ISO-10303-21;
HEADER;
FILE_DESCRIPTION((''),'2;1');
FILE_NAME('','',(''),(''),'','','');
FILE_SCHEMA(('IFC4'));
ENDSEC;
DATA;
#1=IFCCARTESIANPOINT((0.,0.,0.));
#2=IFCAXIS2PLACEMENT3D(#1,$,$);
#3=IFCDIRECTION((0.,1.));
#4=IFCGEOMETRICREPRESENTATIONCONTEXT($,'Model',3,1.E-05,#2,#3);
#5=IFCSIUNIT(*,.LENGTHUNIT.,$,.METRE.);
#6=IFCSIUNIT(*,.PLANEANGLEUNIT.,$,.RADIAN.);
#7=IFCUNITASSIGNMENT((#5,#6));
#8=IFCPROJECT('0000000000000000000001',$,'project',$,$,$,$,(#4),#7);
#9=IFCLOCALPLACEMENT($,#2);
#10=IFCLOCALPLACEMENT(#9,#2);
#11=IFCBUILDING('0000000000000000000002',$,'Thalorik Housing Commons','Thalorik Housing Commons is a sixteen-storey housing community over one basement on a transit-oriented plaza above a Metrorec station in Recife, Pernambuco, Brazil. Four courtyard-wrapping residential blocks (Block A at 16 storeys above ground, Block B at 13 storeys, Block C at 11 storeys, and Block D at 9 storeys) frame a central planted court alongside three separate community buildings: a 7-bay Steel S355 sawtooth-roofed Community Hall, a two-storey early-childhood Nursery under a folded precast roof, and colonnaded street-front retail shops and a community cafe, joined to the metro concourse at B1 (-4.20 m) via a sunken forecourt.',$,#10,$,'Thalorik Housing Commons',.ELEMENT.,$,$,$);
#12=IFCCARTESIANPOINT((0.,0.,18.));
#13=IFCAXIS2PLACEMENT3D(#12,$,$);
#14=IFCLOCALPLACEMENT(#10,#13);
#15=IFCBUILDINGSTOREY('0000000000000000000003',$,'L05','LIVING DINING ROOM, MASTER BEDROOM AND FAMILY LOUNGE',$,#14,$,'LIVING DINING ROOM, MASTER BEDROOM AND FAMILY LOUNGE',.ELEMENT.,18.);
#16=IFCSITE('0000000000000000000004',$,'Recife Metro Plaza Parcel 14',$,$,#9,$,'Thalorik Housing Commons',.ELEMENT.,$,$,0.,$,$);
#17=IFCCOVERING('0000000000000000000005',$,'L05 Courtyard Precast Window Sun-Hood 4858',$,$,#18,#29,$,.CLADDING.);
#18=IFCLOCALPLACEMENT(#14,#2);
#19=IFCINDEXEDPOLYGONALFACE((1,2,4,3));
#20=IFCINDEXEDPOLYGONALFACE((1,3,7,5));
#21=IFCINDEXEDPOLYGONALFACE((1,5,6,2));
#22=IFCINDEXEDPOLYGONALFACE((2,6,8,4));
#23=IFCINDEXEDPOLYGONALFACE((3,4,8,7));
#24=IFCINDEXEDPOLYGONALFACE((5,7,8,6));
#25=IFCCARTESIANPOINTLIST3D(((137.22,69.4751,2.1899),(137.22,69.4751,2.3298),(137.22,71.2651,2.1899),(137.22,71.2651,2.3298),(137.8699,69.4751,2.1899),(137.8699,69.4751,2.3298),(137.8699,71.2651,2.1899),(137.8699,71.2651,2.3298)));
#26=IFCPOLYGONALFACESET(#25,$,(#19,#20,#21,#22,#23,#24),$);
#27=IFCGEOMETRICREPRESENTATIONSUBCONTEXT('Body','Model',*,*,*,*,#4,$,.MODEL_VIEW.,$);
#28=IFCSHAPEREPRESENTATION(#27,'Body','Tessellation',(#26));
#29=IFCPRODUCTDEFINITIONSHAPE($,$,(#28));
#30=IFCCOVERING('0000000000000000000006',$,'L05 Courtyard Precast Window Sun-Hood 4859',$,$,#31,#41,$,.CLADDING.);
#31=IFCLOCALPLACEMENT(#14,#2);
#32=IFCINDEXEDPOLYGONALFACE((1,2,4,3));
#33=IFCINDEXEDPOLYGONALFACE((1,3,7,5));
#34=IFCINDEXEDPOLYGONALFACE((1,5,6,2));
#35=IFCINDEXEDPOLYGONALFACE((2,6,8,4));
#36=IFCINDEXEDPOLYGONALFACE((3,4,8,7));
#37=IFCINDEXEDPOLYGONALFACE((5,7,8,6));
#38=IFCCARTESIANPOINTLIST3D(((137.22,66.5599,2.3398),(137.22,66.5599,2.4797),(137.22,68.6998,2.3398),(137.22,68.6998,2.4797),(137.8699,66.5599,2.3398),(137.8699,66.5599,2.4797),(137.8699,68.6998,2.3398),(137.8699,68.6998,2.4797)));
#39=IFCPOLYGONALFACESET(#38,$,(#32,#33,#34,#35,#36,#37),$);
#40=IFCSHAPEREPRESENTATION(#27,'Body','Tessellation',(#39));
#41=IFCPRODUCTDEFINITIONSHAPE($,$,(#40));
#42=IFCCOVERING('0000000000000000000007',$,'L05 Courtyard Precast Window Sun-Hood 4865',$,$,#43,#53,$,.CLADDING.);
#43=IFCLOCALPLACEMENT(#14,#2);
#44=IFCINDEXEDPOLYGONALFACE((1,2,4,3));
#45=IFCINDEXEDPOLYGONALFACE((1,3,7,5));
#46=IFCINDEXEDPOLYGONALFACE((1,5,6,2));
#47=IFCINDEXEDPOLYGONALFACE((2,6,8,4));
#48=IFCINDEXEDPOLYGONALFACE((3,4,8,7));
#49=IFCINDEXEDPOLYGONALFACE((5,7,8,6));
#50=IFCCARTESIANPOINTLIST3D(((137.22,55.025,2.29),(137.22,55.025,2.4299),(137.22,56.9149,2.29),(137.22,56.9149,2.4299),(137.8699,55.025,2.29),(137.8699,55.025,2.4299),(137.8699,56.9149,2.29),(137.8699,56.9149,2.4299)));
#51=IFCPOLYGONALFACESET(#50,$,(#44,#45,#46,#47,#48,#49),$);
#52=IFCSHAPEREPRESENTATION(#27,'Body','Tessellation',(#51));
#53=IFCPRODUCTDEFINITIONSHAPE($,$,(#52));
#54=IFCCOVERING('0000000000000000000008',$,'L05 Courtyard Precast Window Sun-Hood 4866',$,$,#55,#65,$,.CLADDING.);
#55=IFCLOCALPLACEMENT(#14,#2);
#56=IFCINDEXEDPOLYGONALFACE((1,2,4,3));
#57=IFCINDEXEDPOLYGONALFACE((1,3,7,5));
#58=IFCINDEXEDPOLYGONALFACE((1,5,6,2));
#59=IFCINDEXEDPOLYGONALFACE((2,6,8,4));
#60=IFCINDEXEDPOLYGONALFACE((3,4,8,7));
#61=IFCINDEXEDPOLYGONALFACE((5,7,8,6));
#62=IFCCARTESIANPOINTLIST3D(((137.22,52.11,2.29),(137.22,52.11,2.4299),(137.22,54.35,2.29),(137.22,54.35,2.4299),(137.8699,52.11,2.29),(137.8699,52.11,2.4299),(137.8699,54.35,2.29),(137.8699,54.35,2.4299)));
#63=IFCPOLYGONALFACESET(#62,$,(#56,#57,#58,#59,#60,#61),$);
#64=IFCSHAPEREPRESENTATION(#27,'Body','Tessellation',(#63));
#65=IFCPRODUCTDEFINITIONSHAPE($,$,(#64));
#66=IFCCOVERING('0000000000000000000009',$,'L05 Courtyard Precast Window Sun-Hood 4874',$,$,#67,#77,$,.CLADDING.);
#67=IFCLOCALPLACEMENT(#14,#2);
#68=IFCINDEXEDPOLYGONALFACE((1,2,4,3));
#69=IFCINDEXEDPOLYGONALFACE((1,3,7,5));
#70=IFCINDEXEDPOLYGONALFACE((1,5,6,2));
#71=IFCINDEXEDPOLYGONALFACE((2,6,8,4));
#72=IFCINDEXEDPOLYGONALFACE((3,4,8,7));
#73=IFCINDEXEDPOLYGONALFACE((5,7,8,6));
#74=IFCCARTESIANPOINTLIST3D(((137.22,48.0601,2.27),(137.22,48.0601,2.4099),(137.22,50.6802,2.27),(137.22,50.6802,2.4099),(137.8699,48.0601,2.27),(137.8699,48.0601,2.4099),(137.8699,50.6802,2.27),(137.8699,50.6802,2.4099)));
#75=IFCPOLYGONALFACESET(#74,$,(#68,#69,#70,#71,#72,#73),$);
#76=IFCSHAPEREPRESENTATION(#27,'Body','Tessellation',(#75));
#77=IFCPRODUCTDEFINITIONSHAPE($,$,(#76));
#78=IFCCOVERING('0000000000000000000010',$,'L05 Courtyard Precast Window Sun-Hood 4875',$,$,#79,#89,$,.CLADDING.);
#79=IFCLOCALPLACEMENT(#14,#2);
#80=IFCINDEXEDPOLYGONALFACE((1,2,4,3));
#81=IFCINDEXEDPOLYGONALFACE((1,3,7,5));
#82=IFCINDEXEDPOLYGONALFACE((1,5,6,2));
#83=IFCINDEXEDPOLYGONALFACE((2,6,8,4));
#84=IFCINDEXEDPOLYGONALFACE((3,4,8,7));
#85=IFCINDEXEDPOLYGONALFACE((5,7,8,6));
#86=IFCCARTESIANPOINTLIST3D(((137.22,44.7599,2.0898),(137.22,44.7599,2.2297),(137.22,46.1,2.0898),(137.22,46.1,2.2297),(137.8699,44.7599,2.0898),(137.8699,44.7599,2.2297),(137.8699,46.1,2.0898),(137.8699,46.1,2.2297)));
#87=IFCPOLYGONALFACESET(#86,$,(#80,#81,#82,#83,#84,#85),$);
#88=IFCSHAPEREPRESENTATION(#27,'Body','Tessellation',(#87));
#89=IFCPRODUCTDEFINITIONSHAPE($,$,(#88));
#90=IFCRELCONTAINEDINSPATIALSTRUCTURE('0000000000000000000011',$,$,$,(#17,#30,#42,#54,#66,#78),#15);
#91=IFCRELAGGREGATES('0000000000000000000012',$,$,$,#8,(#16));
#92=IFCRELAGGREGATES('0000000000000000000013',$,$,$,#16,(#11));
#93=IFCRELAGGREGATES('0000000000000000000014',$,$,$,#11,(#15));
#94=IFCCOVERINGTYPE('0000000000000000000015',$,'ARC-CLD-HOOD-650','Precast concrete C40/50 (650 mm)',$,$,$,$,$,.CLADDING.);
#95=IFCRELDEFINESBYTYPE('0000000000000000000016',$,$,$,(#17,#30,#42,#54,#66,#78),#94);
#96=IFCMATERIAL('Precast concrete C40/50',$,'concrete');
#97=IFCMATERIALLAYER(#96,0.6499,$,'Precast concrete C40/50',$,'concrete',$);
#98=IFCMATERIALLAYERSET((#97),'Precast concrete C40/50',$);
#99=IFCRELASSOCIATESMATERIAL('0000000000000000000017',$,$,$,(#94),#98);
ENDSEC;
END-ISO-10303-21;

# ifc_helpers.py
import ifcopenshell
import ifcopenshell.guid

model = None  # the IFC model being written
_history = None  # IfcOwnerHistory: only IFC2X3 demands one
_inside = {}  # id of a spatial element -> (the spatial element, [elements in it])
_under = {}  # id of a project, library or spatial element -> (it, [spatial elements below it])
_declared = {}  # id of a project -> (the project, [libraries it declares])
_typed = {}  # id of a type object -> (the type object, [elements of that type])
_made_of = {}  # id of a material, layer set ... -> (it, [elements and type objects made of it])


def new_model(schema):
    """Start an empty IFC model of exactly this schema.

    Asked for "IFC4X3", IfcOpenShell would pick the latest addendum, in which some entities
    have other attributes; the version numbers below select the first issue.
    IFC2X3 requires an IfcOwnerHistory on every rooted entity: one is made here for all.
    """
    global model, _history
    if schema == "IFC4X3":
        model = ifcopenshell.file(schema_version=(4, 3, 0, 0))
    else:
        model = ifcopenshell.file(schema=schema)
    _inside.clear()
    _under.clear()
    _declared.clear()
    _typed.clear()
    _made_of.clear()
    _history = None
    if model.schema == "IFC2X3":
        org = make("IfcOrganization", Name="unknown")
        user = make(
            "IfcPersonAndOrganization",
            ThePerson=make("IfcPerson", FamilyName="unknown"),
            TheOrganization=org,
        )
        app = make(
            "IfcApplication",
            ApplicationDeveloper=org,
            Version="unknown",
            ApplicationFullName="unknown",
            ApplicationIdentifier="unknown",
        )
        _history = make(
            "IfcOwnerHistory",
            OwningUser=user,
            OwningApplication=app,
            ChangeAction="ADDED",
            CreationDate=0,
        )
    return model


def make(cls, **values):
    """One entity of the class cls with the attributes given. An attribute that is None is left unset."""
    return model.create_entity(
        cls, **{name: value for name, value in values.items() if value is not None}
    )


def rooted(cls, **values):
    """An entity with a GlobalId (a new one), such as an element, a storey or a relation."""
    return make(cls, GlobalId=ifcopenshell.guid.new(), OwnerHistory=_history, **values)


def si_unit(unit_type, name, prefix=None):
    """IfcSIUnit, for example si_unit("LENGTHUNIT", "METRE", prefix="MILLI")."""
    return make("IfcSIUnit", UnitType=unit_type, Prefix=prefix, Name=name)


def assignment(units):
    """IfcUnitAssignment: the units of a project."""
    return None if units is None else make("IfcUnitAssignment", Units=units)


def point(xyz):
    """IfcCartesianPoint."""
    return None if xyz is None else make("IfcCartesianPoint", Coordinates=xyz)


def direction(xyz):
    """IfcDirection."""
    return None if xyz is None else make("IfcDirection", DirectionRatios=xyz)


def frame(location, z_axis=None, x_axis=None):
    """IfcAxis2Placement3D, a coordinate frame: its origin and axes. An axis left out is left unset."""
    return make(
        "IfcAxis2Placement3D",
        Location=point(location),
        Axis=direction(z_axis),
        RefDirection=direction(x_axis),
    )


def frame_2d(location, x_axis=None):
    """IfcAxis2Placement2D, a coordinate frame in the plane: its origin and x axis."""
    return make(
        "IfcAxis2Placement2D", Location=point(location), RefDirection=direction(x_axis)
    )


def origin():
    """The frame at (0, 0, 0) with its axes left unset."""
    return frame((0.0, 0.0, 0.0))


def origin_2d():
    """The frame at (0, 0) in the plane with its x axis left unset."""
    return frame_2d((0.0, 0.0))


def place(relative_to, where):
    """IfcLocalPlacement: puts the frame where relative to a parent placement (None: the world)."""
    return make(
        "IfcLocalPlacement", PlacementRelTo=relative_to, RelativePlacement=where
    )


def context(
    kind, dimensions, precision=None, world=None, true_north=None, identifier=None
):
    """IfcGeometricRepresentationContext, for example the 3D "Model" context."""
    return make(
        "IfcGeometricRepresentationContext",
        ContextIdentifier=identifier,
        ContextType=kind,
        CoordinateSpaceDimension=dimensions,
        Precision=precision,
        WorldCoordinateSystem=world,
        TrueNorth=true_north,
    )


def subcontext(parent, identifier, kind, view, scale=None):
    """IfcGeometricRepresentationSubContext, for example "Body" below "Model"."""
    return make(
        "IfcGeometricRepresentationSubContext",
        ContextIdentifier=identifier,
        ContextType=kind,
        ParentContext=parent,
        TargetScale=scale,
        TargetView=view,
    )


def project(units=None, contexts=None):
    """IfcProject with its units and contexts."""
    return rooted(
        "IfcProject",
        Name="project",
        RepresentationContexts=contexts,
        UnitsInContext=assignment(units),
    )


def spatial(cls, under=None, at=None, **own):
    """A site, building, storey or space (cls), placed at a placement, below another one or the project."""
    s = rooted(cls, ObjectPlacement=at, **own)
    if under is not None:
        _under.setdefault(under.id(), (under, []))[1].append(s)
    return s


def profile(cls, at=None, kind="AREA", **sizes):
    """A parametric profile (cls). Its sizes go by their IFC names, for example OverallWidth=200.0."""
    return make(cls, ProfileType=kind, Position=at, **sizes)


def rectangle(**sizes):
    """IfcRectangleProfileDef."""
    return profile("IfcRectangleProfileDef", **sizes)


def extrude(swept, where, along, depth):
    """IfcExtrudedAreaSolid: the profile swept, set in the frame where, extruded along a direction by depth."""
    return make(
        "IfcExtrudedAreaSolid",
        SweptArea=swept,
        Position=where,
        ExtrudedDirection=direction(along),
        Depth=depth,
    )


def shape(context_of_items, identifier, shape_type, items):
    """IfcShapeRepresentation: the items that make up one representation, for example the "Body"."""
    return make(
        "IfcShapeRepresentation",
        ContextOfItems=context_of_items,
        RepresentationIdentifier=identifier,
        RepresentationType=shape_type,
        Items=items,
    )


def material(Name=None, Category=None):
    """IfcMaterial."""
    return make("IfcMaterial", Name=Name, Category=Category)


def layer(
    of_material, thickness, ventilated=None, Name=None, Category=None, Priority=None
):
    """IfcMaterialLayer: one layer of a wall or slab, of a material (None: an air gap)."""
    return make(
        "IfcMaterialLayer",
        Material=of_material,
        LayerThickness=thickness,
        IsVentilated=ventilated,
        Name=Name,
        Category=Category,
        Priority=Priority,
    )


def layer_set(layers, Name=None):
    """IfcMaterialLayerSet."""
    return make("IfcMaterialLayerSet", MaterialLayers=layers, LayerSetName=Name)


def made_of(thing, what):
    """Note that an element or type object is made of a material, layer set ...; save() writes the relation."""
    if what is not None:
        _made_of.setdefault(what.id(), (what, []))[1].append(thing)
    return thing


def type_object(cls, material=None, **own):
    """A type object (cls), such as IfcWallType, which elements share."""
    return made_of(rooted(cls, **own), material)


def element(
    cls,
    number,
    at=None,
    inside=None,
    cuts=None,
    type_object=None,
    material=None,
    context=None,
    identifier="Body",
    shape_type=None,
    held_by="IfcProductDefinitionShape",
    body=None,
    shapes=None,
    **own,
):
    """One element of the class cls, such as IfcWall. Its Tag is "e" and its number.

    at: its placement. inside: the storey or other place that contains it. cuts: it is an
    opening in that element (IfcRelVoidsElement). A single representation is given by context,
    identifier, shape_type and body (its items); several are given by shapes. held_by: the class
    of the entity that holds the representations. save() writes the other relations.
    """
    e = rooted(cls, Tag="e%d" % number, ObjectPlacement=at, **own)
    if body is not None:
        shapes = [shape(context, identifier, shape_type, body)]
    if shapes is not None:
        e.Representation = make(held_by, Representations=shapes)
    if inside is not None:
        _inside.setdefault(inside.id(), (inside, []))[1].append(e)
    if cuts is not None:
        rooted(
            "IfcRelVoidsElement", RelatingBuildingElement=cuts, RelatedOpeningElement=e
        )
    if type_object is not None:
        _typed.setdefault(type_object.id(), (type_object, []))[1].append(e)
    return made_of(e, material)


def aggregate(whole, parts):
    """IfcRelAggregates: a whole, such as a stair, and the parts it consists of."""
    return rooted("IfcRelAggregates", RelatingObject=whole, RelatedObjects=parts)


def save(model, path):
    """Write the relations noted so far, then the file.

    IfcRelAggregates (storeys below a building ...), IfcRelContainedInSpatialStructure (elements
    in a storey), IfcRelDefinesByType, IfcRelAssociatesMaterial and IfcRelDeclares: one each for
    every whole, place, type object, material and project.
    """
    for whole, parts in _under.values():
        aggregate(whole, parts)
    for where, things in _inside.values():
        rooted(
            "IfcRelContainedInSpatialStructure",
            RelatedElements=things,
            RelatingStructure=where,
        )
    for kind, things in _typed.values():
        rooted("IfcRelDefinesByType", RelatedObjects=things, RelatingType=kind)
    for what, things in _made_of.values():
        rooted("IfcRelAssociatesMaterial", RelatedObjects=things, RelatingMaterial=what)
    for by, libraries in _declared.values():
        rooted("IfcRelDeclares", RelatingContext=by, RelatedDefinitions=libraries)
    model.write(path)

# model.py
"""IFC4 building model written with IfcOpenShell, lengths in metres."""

from ifc_helpers import new_model, si_unit, direction, frame, origin, origin_2d, place, context, subcontext, project, spatial, rectangle, extrude, material, layer, layer_set, type_object, element, save


model = new_model("IFC4")

# Units and contexts
model_context = context("Model", 3, precision=1e-05, world=origin(), true_north=direction((0.0, 1.0)))
body_context = subcontext(model_context, "Body", "Model", "MODEL_VIEW")
ifc_project = project(units=[si_unit("LENGTHUNIT", "METRE"), si_unit("PLANEANGLEUNIT", "RADIAN")], contexts=[model_context])

# Site, building, storey
site_placement = place(None, origin())
site = spatial("IfcSite", under=ifc_project, at=site_placement, Name="Recife Metro Plaza Parcel 14", LongName="Thalorik Housing Commons", CompositionType="ELEMENT", RefElevation=0.0)
building_placement = place(site_placement, origin())
building = spatial("IfcBuilding", under=site, at=building_placement, Name="Thalorik Housing Commons", Description="Thalorik Housing Commons is a sixteen-storey housing community over one basement on a transit-oriented plaza above a Metrorec station in Recife, Pernambuco, Brazil. Four courtyard-wrapping residential blocks (Block A at 16 storeys above ground, Block B at 13 storeys, Block C at 11 storeys, and Block D at 9 storeys) frame a central planted court alongside three separate community buildings: a 7-bay Steel S355 sawtooth-roofed Community Hall, a two-storey early-childhood Nursery under a folded precast roof, and colonnaded street-front retail shops and a community cafe, joined to the metro concourse at B1 (-4.20 m) via a sunken forecourt.", LongName="Thalorik Housing Commons", CompositionType="ELEMENT")
storey_placement = place(building_placement, frame((0.0, 0.0, 18.0)))
storey = spatial("IfcBuildingStorey", under=building, at=storey_placement, Name="L05", Description="LIVING DINING ROOM, MASTER BEDROOM AND FAMILY LOUNGE", LongName="LIVING DINING ROOM, MASTER BEDROOM AND FAMILY LOUNGE", CompositionType="ELEMENT", Elevation=18.0)

# Shared definitions
ifc_material_1 = material(Name="Precast concrete C40/50", Category="concrete")

# Coverings
ifc_layer_1 = layer(ifc_material_1, 0.6499, Name="Precast concrete C40/50", Category="concrete")
ifc_layer_set_1 = layer_set([ifc_layer_1], Name="Precast concrete C40/50")
covering_type_1 = type_object("IfcCoveringType", Name="ARC-CLD-HOOD-650", Description="Precast concrete C40/50 (650 mm)", PredefinedType="CLADDING", material=ifc_layer_set_1)
covering_1_placement = place(storey_placement, frame((137.5449, 70.3701, 2.1899), z_axis=(0.0, 0.0, 1.0), x_axis=(0.0, -1.0, 0.0)))
element("IfcCovering", 1, at=covering_1_placement, inside=storey, type_object=covering_type_1, Name="L05 Courtyard Precast Window Sun-Hood 4858", PredefinedType="CLADDING", context=body_context, shape_type="SweptSolid", body=[
    extrude(rectangle(XDim=1.79, YDim=0.6499, at=origin_2d()), origin(), (0.0, 0.0, 1.0), 0.1399),
])
covering_2_placement = place(storey_placement, frame((137.5449, 67.6299, 2.3398), z_axis=(0.0, 0.0, 1.0), x_axis=(0.0, -1.0, 0.0)))
element("IfcCovering", 2, at=covering_2_placement, inside=storey, type_object=covering_type_1, Name="L05 Courtyard Precast Window Sun-Hood 4859", PredefinedType="CLADDING", context=body_context, shape_type="SweptSolid", body=[
    extrude(rectangle(XDim=2.1399, YDim=0.6499, at=origin_2d()), origin(), (0.0, 0.0, 1.0), 0.1399),
])
covering_3_placement = place(storey_placement, frame((137.5449, 55.97, 2.29), z_axis=(0.0, 0.0, 1.0), x_axis=(0.0, -1.0, 0.0)))
element("IfcCovering", 3, at=covering_3_placement, inside=storey, type_object=covering_type_1, Name="L05 Courtyard Precast Window Sun-Hood 4865", PredefinedType="CLADDING", context=body_context, shape_type="SweptSolid", body=[
    extrude(rectangle(XDim=1.8899, YDim=0.6499, at=origin_2d()), origin(), (0.0, 0.0, 1.0), 0.1399),
])
covering_4_placement = place(storey_placement, frame((137.5449, 53.23, 2.29), z_axis=(0.0, 0.0, 1.0), x_axis=(0.0, -1.0, 0.0)))
element("IfcCovering", 4, at=covering_4_placement, inside=storey, type_object=covering_type_1, Name="L05 Courtyard Precast Window Sun-Hood 4866", PredefinedType="CLADDING", context=body_context, shape_type="SweptSolid", body=[
    extrude(rectangle(XDim=2.24, YDim=0.6499, at=origin_2d()), origin(), (0.0, 0.0, 1.0), 0.1399),
])
covering_5_placement = place(storey_placement, frame((137.5449, 49.3701, 2.27), z_axis=(0.0, 0.0, 1.0), x_axis=(0.0, -1.0, 0.0)))
element("IfcCovering", 5, at=covering_5_placement, inside=storey, type_object=covering_type_1, Name="L05 Courtyard Precast Window Sun-Hood 4874", PredefinedType="CLADDING", context=body_context, shape_type="SweptSolid", body=[
    extrude(rectangle(XDim=2.6201, YDim=0.6499, at=origin_2d()), origin(), (0.0, 0.0, 1.0), 0.1399),
])
covering_6_placement = place(storey_placement, frame((137.5449, 45.4299, 2.0898), z_axis=(0.0, 0.0, 1.0), x_axis=(0.0, -1.0, 0.0)))
element("IfcCovering", 6, at=covering_6_placement, inside=storey, type_object=covering_type_1, Name="L05 Courtyard Precast Window Sun-Hood 4875", PredefinedType="CLADDING", context=body_context, shape_type="SweptSolid", body=[
    extrude(rectangle(XDim=1.3401, YDim=0.6499, at=origin_2d()), origin(), (0.0, 0.0, 1.0), 0.1399),
])

save(model, "model.ifc")
